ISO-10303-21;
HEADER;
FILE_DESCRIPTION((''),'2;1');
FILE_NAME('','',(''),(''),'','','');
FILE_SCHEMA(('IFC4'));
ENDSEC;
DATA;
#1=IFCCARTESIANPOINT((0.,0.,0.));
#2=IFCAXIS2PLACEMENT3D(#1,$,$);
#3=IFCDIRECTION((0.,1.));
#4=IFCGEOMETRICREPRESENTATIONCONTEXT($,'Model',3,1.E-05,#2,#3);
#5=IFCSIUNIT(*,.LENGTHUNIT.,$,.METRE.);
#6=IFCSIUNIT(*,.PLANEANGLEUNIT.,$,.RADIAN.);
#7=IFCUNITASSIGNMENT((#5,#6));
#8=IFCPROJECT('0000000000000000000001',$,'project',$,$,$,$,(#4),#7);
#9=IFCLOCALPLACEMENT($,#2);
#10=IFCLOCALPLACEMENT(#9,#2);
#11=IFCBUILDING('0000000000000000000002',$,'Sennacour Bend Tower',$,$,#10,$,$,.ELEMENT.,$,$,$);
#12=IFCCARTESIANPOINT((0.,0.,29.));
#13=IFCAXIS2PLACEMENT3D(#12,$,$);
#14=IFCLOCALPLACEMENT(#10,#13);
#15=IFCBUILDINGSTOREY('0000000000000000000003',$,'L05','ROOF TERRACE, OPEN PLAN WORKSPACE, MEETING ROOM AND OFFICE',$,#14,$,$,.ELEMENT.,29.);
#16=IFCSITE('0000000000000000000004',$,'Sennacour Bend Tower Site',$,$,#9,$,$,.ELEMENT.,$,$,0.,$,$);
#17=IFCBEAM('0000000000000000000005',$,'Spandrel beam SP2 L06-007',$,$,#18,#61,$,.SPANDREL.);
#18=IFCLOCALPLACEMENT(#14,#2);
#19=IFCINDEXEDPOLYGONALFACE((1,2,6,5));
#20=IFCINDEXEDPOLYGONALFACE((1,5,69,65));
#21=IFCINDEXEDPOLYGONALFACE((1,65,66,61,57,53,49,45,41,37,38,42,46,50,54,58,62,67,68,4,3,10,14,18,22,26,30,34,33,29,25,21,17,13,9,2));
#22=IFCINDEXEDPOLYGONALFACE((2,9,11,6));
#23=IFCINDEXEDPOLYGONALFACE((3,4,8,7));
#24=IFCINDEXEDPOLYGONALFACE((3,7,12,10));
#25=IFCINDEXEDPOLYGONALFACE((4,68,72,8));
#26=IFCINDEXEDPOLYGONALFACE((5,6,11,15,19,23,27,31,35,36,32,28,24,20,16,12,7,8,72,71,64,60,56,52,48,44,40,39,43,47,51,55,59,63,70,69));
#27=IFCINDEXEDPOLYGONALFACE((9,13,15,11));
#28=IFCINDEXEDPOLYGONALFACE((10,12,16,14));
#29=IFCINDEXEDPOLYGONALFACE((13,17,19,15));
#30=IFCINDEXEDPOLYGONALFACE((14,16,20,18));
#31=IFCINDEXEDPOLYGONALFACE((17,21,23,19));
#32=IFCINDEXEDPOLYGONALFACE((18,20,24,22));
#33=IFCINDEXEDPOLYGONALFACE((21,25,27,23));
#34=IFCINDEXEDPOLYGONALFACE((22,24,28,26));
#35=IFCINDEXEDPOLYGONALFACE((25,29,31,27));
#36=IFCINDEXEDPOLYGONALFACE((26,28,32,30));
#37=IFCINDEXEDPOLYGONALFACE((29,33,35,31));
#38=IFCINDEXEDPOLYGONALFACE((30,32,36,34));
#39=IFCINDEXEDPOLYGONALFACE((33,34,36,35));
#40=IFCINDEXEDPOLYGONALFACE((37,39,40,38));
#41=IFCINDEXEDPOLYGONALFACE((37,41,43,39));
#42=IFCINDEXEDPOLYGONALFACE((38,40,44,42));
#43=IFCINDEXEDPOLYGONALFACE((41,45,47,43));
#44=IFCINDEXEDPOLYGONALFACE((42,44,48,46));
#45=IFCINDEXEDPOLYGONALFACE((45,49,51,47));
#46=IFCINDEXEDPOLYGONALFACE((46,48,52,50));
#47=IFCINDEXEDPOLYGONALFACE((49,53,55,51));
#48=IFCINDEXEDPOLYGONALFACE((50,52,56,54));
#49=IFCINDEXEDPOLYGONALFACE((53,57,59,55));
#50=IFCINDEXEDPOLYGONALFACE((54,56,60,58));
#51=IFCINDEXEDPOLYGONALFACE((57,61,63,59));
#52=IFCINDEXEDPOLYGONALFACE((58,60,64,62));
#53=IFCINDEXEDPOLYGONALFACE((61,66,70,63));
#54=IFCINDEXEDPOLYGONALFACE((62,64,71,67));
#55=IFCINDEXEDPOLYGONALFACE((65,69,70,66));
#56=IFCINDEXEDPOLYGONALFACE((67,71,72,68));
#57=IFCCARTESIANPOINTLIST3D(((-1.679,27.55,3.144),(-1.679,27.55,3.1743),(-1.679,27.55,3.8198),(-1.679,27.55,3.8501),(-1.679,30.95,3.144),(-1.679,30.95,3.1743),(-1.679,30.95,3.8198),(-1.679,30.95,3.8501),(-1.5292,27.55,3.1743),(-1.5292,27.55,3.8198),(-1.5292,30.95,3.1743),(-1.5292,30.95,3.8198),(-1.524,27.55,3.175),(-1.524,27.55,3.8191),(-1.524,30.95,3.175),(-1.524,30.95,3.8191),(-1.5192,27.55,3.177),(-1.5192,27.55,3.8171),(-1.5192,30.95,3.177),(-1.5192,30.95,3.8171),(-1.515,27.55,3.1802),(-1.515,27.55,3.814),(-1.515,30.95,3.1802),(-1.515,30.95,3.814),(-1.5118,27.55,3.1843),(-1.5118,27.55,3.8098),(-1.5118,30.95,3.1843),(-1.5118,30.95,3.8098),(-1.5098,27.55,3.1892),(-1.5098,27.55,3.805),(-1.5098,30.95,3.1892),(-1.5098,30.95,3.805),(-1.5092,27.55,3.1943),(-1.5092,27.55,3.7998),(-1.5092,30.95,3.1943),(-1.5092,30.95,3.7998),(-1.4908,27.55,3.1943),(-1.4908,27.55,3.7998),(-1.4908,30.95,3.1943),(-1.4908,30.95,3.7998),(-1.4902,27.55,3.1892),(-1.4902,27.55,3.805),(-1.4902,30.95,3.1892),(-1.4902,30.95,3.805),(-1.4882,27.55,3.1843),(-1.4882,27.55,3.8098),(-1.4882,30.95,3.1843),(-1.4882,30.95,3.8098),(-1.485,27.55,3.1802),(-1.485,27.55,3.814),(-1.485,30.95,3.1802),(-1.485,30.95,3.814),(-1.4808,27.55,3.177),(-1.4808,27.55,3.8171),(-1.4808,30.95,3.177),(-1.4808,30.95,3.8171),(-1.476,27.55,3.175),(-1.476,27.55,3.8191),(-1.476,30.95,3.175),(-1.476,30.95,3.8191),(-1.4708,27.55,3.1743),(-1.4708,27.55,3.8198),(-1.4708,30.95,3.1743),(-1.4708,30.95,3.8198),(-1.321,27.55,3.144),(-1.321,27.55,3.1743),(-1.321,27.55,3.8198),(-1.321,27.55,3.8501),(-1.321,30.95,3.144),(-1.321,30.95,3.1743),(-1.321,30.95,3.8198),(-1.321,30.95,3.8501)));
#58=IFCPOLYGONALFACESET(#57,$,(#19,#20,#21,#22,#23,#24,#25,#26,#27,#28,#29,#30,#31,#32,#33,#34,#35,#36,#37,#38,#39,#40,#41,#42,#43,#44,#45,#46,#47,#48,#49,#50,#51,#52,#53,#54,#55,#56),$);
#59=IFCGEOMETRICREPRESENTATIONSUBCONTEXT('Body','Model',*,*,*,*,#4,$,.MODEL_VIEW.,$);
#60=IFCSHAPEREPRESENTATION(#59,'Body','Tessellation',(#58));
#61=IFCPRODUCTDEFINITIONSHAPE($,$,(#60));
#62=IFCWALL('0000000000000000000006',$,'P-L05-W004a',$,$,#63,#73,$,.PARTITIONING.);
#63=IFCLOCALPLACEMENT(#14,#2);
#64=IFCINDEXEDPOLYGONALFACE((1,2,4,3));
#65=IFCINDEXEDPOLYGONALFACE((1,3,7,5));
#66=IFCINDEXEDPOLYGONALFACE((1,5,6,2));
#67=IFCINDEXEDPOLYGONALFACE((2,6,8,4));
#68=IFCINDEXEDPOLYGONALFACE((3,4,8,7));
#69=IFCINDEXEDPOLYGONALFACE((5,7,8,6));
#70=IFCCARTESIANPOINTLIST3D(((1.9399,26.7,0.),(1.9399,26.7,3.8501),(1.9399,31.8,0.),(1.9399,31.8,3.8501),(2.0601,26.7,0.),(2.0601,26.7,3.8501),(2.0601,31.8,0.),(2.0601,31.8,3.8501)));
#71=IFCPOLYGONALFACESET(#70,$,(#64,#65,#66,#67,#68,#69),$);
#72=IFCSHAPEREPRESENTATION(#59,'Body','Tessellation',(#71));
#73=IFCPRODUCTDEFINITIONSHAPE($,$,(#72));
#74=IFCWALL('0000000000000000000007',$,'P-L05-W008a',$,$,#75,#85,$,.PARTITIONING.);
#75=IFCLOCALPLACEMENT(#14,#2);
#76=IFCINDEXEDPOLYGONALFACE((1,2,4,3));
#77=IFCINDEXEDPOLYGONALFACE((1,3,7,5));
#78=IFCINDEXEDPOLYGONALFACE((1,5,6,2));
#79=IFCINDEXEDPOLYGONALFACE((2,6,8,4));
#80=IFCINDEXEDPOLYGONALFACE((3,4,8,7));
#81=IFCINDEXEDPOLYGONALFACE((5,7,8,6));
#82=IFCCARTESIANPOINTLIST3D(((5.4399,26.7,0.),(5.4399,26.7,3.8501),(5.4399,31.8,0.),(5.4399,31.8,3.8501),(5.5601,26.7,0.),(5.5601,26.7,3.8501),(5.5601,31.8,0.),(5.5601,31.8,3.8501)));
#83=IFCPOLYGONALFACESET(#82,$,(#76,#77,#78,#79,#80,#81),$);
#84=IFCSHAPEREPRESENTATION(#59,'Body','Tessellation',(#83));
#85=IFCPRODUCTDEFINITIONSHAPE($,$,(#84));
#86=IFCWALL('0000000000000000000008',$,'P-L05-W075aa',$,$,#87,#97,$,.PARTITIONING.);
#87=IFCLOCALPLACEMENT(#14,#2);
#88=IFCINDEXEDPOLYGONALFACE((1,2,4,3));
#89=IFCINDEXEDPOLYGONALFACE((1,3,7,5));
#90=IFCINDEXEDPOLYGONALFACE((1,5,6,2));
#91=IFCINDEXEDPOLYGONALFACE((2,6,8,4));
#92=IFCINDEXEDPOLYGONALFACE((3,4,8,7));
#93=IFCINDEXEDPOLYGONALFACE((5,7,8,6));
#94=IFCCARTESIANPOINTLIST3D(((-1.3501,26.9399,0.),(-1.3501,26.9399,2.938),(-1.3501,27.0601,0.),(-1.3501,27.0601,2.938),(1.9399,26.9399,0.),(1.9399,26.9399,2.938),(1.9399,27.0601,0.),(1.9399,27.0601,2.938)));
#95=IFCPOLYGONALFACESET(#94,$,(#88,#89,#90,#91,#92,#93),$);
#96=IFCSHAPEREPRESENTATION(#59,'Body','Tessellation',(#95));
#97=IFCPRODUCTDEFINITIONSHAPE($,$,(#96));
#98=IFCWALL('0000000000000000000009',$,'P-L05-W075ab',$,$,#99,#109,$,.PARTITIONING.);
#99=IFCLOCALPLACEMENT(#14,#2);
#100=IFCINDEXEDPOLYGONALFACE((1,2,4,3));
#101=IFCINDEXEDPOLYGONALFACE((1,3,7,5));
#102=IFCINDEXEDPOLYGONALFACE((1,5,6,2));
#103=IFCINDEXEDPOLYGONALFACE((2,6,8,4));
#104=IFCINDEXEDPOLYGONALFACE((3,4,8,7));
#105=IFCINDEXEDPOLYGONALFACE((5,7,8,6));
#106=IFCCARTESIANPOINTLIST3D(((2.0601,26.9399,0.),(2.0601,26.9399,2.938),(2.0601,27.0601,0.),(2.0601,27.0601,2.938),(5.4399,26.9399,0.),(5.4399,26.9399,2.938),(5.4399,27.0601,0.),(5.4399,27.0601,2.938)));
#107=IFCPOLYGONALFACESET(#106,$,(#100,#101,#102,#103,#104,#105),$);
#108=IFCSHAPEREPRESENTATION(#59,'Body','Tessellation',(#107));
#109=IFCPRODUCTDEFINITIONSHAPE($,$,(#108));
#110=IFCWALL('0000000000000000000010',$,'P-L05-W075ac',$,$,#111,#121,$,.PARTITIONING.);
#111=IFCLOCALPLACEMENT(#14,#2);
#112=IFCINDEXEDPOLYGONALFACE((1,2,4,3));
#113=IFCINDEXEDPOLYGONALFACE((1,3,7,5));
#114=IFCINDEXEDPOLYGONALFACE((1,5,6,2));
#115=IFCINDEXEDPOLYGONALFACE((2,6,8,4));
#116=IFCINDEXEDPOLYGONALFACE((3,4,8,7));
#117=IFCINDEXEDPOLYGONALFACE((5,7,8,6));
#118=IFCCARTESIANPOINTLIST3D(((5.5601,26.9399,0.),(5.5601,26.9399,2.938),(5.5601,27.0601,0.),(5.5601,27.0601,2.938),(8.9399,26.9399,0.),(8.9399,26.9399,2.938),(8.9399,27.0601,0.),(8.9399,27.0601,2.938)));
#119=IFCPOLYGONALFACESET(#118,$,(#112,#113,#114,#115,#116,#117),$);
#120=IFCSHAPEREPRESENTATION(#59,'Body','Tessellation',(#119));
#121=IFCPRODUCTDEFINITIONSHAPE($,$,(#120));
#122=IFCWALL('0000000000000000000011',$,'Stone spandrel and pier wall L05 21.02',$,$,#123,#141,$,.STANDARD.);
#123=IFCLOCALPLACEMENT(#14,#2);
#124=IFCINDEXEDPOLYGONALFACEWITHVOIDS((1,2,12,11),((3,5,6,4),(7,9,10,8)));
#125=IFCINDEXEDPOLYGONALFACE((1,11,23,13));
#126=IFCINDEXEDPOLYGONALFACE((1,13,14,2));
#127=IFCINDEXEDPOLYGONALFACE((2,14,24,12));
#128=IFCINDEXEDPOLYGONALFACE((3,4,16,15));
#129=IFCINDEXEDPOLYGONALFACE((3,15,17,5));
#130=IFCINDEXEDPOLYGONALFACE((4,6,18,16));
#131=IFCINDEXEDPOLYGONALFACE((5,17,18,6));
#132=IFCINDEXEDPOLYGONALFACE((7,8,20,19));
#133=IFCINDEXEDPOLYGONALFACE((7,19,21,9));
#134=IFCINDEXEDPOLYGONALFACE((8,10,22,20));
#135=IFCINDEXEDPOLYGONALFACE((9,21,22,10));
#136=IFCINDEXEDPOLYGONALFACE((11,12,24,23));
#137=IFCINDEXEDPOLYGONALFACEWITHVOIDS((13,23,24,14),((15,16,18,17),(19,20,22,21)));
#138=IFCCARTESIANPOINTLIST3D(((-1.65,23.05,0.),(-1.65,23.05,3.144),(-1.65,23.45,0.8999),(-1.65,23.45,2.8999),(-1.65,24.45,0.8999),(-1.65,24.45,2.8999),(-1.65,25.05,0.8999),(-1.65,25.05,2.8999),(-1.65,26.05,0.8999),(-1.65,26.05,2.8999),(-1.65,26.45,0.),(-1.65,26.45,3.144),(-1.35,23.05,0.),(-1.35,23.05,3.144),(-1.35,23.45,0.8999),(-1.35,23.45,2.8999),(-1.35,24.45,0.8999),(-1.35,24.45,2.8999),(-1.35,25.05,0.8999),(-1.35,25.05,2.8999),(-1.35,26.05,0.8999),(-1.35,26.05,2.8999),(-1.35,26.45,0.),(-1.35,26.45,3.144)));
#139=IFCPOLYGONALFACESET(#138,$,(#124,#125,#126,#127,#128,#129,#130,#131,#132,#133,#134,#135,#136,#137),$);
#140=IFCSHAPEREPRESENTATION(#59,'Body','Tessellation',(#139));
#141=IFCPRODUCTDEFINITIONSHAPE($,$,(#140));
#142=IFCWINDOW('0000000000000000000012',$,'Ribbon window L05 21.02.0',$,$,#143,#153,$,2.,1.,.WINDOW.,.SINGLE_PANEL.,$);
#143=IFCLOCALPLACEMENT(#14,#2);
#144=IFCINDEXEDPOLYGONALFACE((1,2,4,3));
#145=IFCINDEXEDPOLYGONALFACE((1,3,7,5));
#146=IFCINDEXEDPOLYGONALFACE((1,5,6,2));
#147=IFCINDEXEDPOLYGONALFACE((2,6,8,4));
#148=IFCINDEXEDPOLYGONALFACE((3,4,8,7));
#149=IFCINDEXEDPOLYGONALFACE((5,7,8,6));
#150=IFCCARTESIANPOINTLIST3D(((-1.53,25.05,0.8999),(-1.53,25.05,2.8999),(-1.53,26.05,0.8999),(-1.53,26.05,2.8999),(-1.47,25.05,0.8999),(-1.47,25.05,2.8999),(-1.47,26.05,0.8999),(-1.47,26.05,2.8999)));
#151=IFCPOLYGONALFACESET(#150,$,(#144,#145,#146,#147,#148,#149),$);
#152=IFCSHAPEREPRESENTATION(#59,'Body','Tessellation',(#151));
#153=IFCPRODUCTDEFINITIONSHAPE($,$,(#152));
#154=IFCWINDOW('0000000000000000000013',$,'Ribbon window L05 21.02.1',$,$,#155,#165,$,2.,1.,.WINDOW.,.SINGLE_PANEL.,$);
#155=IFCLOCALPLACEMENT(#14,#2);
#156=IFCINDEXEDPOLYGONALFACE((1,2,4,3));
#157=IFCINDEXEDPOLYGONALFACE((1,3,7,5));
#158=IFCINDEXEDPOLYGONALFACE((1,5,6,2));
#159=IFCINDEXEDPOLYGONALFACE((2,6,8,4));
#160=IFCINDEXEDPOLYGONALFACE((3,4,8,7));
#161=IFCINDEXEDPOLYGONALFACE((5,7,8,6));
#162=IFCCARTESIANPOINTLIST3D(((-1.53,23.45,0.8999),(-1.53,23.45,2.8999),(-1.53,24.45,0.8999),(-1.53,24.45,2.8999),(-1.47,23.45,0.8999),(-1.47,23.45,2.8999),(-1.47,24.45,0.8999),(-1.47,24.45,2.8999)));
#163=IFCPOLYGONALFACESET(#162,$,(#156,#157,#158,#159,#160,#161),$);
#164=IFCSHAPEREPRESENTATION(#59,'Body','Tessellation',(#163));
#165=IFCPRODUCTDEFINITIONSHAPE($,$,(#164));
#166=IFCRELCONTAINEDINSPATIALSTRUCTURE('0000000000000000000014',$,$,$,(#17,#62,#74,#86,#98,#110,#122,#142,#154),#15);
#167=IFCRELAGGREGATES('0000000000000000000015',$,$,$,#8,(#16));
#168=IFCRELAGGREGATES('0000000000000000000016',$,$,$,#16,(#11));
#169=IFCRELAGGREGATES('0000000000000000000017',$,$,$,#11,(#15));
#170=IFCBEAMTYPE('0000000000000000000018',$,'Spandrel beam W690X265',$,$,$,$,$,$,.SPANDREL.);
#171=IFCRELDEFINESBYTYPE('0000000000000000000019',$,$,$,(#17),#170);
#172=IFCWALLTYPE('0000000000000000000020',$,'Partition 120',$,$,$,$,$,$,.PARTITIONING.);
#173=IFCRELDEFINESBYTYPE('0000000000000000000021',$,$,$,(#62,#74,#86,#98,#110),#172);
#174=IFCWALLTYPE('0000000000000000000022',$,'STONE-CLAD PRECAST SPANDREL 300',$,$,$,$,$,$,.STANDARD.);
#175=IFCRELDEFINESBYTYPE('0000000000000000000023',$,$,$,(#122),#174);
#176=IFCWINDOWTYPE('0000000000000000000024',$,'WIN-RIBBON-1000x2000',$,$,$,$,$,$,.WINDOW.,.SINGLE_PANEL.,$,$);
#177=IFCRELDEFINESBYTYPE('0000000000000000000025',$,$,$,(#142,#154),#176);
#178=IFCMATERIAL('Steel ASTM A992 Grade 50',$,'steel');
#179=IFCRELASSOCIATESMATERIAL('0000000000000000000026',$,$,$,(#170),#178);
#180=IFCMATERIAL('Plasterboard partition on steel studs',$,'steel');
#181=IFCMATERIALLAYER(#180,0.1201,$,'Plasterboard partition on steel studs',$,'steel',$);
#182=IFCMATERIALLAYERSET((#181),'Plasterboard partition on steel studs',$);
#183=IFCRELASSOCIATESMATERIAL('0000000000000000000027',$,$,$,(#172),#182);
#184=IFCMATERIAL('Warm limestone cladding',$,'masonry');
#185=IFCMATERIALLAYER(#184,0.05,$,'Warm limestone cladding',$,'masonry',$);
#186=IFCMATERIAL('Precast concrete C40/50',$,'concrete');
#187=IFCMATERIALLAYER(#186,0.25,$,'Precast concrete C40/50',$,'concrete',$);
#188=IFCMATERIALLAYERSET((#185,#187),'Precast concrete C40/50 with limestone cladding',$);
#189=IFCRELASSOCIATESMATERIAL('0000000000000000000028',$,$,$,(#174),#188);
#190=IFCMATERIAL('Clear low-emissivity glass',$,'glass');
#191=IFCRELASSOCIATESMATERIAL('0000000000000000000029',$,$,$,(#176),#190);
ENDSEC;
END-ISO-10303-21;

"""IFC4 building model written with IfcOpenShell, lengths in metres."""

from ifc_helpers import new_model, si_unit, direction, frame, frame_2d, origin, origin_2d, place, context, subcontext, project, spatial, rectangle, i_section, extrude, material, layer, layer_set, material_profile, profile_set, type_object, element, fill, save


model = new_model("IFC4")

# Units and contexts
model_context = context("Model", 3, precision=1e-05, world=origin(), true_north=direction((0.0, 1.0)))
body_context = subcontext(model_context, "Body", "Model", "MODEL_VIEW")
ifc_project = project(units=[si_unit("LENGTHUNIT", "METRE"), si_unit("PLANEANGLEUNIT", "RADIAN")], contexts=[model_context])

# Site, building, storey
site_placement = place(None, origin())
site = spatial("IfcSite", under=ifc_project, at=site_placement, Name="Sennacour Bend Tower Site", CompositionType="ELEMENT", RefElevation=0.0)
building_placement = place(site_placement, origin())
building = spatial("IfcBuilding", under=site, at=building_placement, Name="Sennacour Bend Tower", CompositionType="ELEMENT")
storey_placement = place(building_placement, frame((0.0, 0.0, 29.0)))
storey = spatial("IfcBuildingStorey", under=building, at=storey_placement, Name="L05", Description="ROOF TERRACE, OPEN PLAN WORKSPACE, MEETING ROOM AND OFFICE", CompositionType="ELEMENT", Elevation=29.0)

# Beam
ifc_material_1 = material(Name="Steel ASTM A992 Grade 50", Category="steel")
ifc_material_profile_1 = material_profile(ifc_material_1, i_section(OverallWidth=0.3579, OverallDepth=0.7061, WebThickness=0.0183, FlangeThickness=0.0303, FilletRadius=0.02, at=origin_2d()), Name="Steel ASTM A992 Grade 50", Category="steel")
ifc_profile_set_1 = profile_set([ifc_material_profile_1], Name="Steel ASTM A992 Grade 50")
beam_type_1 = type_object("IfcBeamType", Name="Spandrel beam W690X265", PredefinedType="SPANDREL", material=ifc_profile_set_1)
for number, where, z_axis, x_axis, name in (
    (1, (-1.5, 27.55, 3.4971), (0.0, 1.0, 0.0), (-1.0, 0.0, 0.0), "Spandrel beam SP2 L06-007"),
):
    element("IfcBeam", number, at=place(storey_placement, frame(where, z_axis=z_axis, x_axis=x_axis)), inside=storey, type_object=beam_type_1, Name=name, PredefinedType="SPANDREL", context=body_context, shape_type="SweptSolid", body=[
        extrude(i_section(OverallWidth=0.3579, OverallDepth=0.7061, WebThickness=0.0183, FlangeThickness=0.0303, FilletRadius=0.02, at=origin_2d()), origin(), (0.0, 0.0, 1.0), 3.3999),
    ])

# Walls
ifc_material_2 = material(Name="Plasterboard partition on steel studs", Category="steel")
ifc_layer_1 = layer(ifc_material_2, 0.1201, Name="Plasterboard partition on steel studs", Category="steel")
ifc_layer_set_1 = layer_set([ifc_layer_1], Name="Plasterboard partition on steel studs")
wall_type_1 = type_object("IfcWallType", Name="Partition 120", PredefinedType="PARTITIONING", material=ifc_layer_set_1)
for number, where, z_axis, x_axis, name in (
    (2, (2.0, 26.7, 0.0), (0.0, 0.0, 1.0), (0.0, 1.0, 0.0), "P-L05-W004a"),
    (3, (5.5, 26.7, 0.0), (0.0, 0.0, 1.0), (0.0, 1.0, 0.0), "P-L05-W008a"),
):
    element("IfcWall", number, at=place(storey_placement, frame(where, z_axis=z_axis, x_axis=x_axis)), inside=storey, type_object=wall_type_1, Name=name, PredefinedType="PARTITIONING", context=body_context, shape_type="SweptSolid", body=[
        extrude(rectangle(XDim=5.1001, YDim=0.1201, at=frame_2d((2.55, 0.0))), origin(), (0.0, 0.0, 1.0), 3.8501),
    ])
wall_1_placement = place(storey_placement, frame((-1.3501, 27.0, 0.0), z_axis=(0.0, 0.0, 1.0), x_axis=(1.0, 0.0, 0.0)))
element("IfcWall", 4, at=wall_1_placement, inside=storey, type_object=wall_type_1, Name="P-L05-W075aa", PredefinedType="PARTITIONING", context=body_context, shape_type="SweptSolid", body=[
    extrude(rectangle(XDim=3.29, YDim=0.1201, at=frame_2d((1.645, 0.0))), origin(), (0.0, 0.0, 1.0), 2.938),
])
for number, where, z_axis, x_axis, name in (
    (5, (2.0601, 27.0, 0.0), (0.0, 0.0, 1.0), (1.0, 0.0, 0.0), "P-L05-W075ab"),
    (6, (5.5601, 27.0, 0.0), (0.0, 0.0, 1.0), (1.0, 0.0, 0.0), "P-L05-W075ac"),
):
    element("IfcWall", number, at=place(storey_placement, frame(where, z_axis=z_axis, x_axis=x_axis)), inside=storey, type_object=wall_type_1, Name=name, PredefinedType="PARTITIONING", context=body_context, shape_type="SweptSolid", body=[
        extrude(rectangle(XDim=3.3799, YDim=0.1201, at=frame_2d((1.6899, 0.0))), origin(), (0.0, 0.0, 1.0), 2.938),
    ])

# Wall, openings, windows
ifc_material_3 = material(Name="Warm limestone cladding", Category="masonry")
ifc_layer_2 = layer(ifc_material_3, 0.05, Name="Warm limestone cladding", Category="masonry")
ifc_material_4 = material(Name="Precast concrete C40/50", Category="concrete")
ifc_layer_3 = layer(ifc_material_4, 0.25, Name="Precast concrete C40/50", Category="concrete")
ifc_layer_set_2 = layer_set([ifc_layer_2, ifc_layer_3], Name="Precast concrete C40/50 with limestone cladding")
wall_type_2 = type_object("IfcWallType", Name="STONE-CLAD PRECAST SPANDREL 300", PredefinedType="STANDARD", material=ifc_layer_set_2)
wall_2_placement = place(storey_placement, frame((-1.5, 26.45, 0.0), z_axis=(0.0, 0.0, 1.0), x_axis=(0.0, -1.0, 0.0)))
wall_2 = element("IfcWall", 7, at=wall_2_placement, inside=storey, type_object=wall_type_2, Name="Stone spandrel and pier wall L05 21.02", PredefinedType="STANDARD", context=body_context, shape_type="SweptSolid", body=[
    extrude(rectangle(XDim=3.3999, YDim=0.3, at=frame_2d((1.7, 0.0))), origin(), (0.0, 0.0, 1.0), 3.144),
])
opening_1_placement = place(wall_2_placement, frame((0.3999, 0.0, 0.8999)))
opening_1 = element("IfcOpeningElement", 8, at=opening_1_placement, cuts=wall_2, PredefinedType="OPENING", context=body_context, shape_type="SweptSolid", body=[
    extrude(rectangle(XDim=1.0, YDim=2.0, at=frame_2d((0.5, 1.0))), frame((0.0, 0.1602, 0.0), z_axis=(0.0, -1.0, 0.0), x_axis=(1.0, 0.0, 0.0)), (0.0, 0.0, 1.0), 0.3201),
])
opening_2_placement = place(wall_2_placement, frame((2.0, 0.0, 0.8999)))
opening_2 = element("IfcOpeningElement", 9, at=opening_2_placement, cuts=wall_2, PredefinedType="OPENING", context=body_context, shape_type="SweptSolid", body=[
    extrude(rectangle(XDim=1.0, YDim=2.0, at=frame_2d((0.5, 1.0))), frame((0.0, 0.1602, 0.0), z_axis=(0.0, -1.0, 0.0), x_axis=(1.0, 0.0, 0.0)), (0.0, 0.0, 1.0), 0.3201),
])
ifc_material_5 = material(Name="Clear low-emissivity glass", Category="glass")
window_type = type_object("IfcWindowType", Name="WIN-RIBBON-1000x2000", PartitioningType="SINGLE_PANEL", PredefinedType="WINDOW", material=ifc_material_5)
window_1_placement = place(opening_1_placement, origin())
window_1 = element("IfcWindow", 10, at=window_1_placement, inside=storey, type_object=window_type, Name="Ribbon window L05 21.02.0", OverallHeight=2.0, OverallWidth=1.0, PartitioningType="SINGLE_PANEL", PredefinedType="WINDOW", context=body_context, shape_type="SweptSolid", body=[
    extrude(rectangle(XDim=1.0, YDim=2.0, at=frame_2d((0.5, 1.0))), frame((0.0, 0.03, 0.0), z_axis=(0.0, -1.0, 0.0), x_axis=(1.0, 0.0, 0.0)), (0.0, 0.0, 1.0), 0.0601),
])
fill(opening_1, window_1)
window_2_placement = place(opening_2_placement, origin())
window_2 = element("IfcWindow", 11, at=window_2_placement, inside=storey, type_object=window_type, Name="Ribbon window L05 21.02.1", OverallHeight=2.0, OverallWidth=1.0, PartitioningType="SINGLE_PANEL", PredefinedType="WINDOW", context=body_context, shape_type="SweptSolid", body=[
    extrude(rectangle(XDim=1.0, YDim=2.0, at=frame_2d((0.5, 1.0))), frame((0.0, 0.03, 0.0), z_axis=(0.0, -1.0, 0.0), x_axis=(1.0, 0.0, 0.0)), (0.0, 0.0, 1.0), 0.0601),
])
fill(opening_2, window_2)

save(model, "model.ifc")
